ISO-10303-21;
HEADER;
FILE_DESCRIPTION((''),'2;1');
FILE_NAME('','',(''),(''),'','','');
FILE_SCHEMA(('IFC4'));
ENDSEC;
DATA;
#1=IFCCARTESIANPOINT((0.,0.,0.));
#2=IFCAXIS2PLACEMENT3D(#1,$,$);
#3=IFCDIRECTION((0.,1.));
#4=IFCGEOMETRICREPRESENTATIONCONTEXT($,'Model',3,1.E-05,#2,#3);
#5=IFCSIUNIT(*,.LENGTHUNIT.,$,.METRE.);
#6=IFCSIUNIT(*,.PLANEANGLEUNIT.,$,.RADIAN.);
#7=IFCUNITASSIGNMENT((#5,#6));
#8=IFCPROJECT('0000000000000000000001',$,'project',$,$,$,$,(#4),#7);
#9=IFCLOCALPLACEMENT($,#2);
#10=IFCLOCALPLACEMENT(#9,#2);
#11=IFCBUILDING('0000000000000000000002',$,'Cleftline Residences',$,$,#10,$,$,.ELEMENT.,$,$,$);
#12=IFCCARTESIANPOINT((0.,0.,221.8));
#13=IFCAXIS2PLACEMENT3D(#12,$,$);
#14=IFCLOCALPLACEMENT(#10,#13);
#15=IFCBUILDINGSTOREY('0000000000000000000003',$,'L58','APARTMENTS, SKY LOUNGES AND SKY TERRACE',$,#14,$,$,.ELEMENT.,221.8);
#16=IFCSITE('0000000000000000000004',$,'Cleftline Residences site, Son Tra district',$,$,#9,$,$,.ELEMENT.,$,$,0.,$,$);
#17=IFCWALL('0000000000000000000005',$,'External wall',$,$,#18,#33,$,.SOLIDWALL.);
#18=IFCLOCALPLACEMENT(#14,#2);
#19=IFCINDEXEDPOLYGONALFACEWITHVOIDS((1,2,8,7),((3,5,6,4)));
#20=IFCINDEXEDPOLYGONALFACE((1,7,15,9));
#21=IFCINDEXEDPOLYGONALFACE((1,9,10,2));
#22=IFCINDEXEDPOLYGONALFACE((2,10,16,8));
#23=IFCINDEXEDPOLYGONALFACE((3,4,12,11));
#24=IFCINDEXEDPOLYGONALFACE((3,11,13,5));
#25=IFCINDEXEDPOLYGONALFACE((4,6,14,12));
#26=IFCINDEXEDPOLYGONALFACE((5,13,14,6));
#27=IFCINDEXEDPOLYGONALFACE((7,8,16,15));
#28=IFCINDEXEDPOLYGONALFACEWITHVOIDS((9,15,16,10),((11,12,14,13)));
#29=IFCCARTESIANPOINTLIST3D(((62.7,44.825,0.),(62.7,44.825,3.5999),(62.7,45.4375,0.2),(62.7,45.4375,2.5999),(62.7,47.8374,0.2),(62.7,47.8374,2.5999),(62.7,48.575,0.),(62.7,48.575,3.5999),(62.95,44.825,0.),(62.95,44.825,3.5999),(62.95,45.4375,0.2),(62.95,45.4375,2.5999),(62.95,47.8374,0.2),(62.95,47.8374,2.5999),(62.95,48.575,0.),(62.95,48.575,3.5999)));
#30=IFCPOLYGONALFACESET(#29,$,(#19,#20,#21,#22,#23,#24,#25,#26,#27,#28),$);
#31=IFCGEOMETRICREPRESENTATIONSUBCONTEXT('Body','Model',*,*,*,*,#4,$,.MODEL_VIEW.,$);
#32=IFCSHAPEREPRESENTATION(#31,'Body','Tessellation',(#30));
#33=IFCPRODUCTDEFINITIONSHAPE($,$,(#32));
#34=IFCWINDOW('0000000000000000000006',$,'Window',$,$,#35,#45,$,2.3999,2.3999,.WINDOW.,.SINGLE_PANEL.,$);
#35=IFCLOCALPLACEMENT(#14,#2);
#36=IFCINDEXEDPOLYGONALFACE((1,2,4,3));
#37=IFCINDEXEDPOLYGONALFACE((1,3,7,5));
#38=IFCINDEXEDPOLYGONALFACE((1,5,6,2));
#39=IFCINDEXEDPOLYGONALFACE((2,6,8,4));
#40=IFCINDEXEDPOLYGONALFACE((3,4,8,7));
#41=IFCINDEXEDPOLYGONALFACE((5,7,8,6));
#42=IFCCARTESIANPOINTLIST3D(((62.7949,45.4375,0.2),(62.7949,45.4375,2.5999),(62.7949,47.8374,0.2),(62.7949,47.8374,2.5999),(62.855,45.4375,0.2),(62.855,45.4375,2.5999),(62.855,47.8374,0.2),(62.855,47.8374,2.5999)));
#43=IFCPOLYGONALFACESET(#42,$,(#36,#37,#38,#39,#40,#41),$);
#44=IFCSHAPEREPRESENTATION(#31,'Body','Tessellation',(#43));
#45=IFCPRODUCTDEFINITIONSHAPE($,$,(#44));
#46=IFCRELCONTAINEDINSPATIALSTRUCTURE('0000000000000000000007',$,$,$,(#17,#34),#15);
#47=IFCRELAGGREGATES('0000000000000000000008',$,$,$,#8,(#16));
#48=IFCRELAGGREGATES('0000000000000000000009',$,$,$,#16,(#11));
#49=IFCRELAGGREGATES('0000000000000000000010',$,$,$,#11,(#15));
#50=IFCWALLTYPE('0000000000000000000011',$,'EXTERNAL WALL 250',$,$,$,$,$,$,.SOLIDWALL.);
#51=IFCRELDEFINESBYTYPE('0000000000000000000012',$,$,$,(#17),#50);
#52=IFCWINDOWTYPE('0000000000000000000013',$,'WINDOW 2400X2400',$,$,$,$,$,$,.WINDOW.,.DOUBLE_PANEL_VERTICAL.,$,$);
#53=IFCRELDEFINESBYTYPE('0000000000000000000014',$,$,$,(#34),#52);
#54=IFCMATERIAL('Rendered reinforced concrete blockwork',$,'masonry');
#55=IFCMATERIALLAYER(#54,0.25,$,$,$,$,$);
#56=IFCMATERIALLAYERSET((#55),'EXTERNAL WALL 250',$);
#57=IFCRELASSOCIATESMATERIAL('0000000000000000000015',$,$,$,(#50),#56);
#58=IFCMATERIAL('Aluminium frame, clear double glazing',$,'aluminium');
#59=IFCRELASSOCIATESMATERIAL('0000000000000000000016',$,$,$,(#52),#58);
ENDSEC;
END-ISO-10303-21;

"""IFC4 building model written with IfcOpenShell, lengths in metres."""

from ifc_helpers import new_model, si_unit, direction, frame, frame_2d, origin, place, context, subcontext, project, spatial, rectangle, extrude, material, layer, layer_set, type_object, element, fill, save


model = new_model("IFC4")

# Units and contexts
model_context = context("Model", 3, precision=1e-05, world=origin(), true_north=direction((0.0, 1.0)))
body_context = subcontext(model_context, "Body", "Model", "MODEL_VIEW")
ifc_project = project(units=[si_unit("LENGTHUNIT", "METRE"), si_unit("PLANEANGLEUNIT", "RADIAN")], contexts=[model_context])

# Site, building, storey
site_placement = place(None, origin())
site = spatial("IfcSite", under=ifc_project, at=site_placement, Name="Cleftline Residences site, Son Tra district", CompositionType="ELEMENT", RefElevation=0.0)
building_placement = place(site_placement, origin())
building = spatial("IfcBuilding", under=site, at=building_placement, Name="Cleftline Residences", CompositionType="ELEMENT")
storey_placement = place(building_placement, frame((0.0, 0.0, 221.8)))
storey = spatial("IfcBuildingStorey", under=building, at=storey_placement, Name="L58", Description="APARTMENTS, SKY LOUNGES AND SKY TERRACE", CompositionType="ELEMENT", Elevation=221.8)

# Shared definitions
ifc_material_1 = material(Name="Rendered reinforced concrete blockwork", Category="masonry")
ifc_layer_1 = layer(ifc_material_1, 0.25)
ifc_layer_set_1 = layer_set([ifc_layer_1], Name="EXTERNAL WALL 250")
wall_type_1 = type_object("IfcWallType", Name="EXTERNAL WALL 250", PredefinedType="SOLIDWALL", material=ifc_layer_set_1)

# Wall, opening, window
wall_1_placement = place(storey_placement, frame((62.825, 44.825, 0.0), z_axis=(0.0, 0.0, 1.0), x_axis=(0.0, 1.0, 0.0)))
wall_1 = element("IfcWall", 1, at=wall_1_placement, inside=storey, type_object=wall_type_1, Name="External wall", PredefinedType="SOLIDWALL", context=body_context, shape_type="SweptSolid", body=[
    extrude(rectangle(XDim=3.75, YDim=0.25, at=frame_2d((1.875, 0.0))), origin(), (0.0, 0.0, 1.0), 3.5999),
])
opening_1_placement = place(wall_1_placement, frame((0.6125, 0.0, 0.2)))
opening_1 = element("IfcOpeningElement", 2, at=opening_1_placement, cuts=wall_1, PredefinedType="OPENING", context=body_context, shape_type="SweptSolid", body=[
    extrude(rectangle(XDim=2.3999, YDim=2.3999, at=frame_2d((1.2, 1.2))), frame((0.0, 0.135, 0.0), z_axis=(0.0, -1.0, 0.0), x_axis=(1.0, 0.0, 0.0)), (0.0, 0.0, 1.0), 0.27),
])
ifc_material_2 = material(Name="Aluminium frame, clear double glazing", Category="aluminium")
window_type_1 = type_object("IfcWindowType", Name="WINDOW 2400X2400", PartitioningType="DOUBLE_PANEL_VERTICAL", PredefinedType="WINDOW", material=ifc_material_2)
window_1_placement = place(opening_1_placement, origin())
window_1 = element("IfcWindow", 3, at=window_1_placement, inside=storey, type_object=window_type_1, Name="Window", OverallHeight=2.3999, OverallWidth=2.3999, PartitioningType="SINGLE_PANEL", PredefinedType="WINDOW", context=body_context, shape_type="SweptSolid", body=[
    extrude(rectangle(XDim=2.3999, YDim=2.3999, at=frame_2d((1.2, 1.2))), frame((0.0, 0.03, 0.0), z_axis=(0.0, -1.0, 0.0), x_axis=(1.0, 0.0, 0.0)), (0.0, 0.0, 1.0), 0.0601),
])
fill(opening_1, window_1)

save(model, "model.ifc")
